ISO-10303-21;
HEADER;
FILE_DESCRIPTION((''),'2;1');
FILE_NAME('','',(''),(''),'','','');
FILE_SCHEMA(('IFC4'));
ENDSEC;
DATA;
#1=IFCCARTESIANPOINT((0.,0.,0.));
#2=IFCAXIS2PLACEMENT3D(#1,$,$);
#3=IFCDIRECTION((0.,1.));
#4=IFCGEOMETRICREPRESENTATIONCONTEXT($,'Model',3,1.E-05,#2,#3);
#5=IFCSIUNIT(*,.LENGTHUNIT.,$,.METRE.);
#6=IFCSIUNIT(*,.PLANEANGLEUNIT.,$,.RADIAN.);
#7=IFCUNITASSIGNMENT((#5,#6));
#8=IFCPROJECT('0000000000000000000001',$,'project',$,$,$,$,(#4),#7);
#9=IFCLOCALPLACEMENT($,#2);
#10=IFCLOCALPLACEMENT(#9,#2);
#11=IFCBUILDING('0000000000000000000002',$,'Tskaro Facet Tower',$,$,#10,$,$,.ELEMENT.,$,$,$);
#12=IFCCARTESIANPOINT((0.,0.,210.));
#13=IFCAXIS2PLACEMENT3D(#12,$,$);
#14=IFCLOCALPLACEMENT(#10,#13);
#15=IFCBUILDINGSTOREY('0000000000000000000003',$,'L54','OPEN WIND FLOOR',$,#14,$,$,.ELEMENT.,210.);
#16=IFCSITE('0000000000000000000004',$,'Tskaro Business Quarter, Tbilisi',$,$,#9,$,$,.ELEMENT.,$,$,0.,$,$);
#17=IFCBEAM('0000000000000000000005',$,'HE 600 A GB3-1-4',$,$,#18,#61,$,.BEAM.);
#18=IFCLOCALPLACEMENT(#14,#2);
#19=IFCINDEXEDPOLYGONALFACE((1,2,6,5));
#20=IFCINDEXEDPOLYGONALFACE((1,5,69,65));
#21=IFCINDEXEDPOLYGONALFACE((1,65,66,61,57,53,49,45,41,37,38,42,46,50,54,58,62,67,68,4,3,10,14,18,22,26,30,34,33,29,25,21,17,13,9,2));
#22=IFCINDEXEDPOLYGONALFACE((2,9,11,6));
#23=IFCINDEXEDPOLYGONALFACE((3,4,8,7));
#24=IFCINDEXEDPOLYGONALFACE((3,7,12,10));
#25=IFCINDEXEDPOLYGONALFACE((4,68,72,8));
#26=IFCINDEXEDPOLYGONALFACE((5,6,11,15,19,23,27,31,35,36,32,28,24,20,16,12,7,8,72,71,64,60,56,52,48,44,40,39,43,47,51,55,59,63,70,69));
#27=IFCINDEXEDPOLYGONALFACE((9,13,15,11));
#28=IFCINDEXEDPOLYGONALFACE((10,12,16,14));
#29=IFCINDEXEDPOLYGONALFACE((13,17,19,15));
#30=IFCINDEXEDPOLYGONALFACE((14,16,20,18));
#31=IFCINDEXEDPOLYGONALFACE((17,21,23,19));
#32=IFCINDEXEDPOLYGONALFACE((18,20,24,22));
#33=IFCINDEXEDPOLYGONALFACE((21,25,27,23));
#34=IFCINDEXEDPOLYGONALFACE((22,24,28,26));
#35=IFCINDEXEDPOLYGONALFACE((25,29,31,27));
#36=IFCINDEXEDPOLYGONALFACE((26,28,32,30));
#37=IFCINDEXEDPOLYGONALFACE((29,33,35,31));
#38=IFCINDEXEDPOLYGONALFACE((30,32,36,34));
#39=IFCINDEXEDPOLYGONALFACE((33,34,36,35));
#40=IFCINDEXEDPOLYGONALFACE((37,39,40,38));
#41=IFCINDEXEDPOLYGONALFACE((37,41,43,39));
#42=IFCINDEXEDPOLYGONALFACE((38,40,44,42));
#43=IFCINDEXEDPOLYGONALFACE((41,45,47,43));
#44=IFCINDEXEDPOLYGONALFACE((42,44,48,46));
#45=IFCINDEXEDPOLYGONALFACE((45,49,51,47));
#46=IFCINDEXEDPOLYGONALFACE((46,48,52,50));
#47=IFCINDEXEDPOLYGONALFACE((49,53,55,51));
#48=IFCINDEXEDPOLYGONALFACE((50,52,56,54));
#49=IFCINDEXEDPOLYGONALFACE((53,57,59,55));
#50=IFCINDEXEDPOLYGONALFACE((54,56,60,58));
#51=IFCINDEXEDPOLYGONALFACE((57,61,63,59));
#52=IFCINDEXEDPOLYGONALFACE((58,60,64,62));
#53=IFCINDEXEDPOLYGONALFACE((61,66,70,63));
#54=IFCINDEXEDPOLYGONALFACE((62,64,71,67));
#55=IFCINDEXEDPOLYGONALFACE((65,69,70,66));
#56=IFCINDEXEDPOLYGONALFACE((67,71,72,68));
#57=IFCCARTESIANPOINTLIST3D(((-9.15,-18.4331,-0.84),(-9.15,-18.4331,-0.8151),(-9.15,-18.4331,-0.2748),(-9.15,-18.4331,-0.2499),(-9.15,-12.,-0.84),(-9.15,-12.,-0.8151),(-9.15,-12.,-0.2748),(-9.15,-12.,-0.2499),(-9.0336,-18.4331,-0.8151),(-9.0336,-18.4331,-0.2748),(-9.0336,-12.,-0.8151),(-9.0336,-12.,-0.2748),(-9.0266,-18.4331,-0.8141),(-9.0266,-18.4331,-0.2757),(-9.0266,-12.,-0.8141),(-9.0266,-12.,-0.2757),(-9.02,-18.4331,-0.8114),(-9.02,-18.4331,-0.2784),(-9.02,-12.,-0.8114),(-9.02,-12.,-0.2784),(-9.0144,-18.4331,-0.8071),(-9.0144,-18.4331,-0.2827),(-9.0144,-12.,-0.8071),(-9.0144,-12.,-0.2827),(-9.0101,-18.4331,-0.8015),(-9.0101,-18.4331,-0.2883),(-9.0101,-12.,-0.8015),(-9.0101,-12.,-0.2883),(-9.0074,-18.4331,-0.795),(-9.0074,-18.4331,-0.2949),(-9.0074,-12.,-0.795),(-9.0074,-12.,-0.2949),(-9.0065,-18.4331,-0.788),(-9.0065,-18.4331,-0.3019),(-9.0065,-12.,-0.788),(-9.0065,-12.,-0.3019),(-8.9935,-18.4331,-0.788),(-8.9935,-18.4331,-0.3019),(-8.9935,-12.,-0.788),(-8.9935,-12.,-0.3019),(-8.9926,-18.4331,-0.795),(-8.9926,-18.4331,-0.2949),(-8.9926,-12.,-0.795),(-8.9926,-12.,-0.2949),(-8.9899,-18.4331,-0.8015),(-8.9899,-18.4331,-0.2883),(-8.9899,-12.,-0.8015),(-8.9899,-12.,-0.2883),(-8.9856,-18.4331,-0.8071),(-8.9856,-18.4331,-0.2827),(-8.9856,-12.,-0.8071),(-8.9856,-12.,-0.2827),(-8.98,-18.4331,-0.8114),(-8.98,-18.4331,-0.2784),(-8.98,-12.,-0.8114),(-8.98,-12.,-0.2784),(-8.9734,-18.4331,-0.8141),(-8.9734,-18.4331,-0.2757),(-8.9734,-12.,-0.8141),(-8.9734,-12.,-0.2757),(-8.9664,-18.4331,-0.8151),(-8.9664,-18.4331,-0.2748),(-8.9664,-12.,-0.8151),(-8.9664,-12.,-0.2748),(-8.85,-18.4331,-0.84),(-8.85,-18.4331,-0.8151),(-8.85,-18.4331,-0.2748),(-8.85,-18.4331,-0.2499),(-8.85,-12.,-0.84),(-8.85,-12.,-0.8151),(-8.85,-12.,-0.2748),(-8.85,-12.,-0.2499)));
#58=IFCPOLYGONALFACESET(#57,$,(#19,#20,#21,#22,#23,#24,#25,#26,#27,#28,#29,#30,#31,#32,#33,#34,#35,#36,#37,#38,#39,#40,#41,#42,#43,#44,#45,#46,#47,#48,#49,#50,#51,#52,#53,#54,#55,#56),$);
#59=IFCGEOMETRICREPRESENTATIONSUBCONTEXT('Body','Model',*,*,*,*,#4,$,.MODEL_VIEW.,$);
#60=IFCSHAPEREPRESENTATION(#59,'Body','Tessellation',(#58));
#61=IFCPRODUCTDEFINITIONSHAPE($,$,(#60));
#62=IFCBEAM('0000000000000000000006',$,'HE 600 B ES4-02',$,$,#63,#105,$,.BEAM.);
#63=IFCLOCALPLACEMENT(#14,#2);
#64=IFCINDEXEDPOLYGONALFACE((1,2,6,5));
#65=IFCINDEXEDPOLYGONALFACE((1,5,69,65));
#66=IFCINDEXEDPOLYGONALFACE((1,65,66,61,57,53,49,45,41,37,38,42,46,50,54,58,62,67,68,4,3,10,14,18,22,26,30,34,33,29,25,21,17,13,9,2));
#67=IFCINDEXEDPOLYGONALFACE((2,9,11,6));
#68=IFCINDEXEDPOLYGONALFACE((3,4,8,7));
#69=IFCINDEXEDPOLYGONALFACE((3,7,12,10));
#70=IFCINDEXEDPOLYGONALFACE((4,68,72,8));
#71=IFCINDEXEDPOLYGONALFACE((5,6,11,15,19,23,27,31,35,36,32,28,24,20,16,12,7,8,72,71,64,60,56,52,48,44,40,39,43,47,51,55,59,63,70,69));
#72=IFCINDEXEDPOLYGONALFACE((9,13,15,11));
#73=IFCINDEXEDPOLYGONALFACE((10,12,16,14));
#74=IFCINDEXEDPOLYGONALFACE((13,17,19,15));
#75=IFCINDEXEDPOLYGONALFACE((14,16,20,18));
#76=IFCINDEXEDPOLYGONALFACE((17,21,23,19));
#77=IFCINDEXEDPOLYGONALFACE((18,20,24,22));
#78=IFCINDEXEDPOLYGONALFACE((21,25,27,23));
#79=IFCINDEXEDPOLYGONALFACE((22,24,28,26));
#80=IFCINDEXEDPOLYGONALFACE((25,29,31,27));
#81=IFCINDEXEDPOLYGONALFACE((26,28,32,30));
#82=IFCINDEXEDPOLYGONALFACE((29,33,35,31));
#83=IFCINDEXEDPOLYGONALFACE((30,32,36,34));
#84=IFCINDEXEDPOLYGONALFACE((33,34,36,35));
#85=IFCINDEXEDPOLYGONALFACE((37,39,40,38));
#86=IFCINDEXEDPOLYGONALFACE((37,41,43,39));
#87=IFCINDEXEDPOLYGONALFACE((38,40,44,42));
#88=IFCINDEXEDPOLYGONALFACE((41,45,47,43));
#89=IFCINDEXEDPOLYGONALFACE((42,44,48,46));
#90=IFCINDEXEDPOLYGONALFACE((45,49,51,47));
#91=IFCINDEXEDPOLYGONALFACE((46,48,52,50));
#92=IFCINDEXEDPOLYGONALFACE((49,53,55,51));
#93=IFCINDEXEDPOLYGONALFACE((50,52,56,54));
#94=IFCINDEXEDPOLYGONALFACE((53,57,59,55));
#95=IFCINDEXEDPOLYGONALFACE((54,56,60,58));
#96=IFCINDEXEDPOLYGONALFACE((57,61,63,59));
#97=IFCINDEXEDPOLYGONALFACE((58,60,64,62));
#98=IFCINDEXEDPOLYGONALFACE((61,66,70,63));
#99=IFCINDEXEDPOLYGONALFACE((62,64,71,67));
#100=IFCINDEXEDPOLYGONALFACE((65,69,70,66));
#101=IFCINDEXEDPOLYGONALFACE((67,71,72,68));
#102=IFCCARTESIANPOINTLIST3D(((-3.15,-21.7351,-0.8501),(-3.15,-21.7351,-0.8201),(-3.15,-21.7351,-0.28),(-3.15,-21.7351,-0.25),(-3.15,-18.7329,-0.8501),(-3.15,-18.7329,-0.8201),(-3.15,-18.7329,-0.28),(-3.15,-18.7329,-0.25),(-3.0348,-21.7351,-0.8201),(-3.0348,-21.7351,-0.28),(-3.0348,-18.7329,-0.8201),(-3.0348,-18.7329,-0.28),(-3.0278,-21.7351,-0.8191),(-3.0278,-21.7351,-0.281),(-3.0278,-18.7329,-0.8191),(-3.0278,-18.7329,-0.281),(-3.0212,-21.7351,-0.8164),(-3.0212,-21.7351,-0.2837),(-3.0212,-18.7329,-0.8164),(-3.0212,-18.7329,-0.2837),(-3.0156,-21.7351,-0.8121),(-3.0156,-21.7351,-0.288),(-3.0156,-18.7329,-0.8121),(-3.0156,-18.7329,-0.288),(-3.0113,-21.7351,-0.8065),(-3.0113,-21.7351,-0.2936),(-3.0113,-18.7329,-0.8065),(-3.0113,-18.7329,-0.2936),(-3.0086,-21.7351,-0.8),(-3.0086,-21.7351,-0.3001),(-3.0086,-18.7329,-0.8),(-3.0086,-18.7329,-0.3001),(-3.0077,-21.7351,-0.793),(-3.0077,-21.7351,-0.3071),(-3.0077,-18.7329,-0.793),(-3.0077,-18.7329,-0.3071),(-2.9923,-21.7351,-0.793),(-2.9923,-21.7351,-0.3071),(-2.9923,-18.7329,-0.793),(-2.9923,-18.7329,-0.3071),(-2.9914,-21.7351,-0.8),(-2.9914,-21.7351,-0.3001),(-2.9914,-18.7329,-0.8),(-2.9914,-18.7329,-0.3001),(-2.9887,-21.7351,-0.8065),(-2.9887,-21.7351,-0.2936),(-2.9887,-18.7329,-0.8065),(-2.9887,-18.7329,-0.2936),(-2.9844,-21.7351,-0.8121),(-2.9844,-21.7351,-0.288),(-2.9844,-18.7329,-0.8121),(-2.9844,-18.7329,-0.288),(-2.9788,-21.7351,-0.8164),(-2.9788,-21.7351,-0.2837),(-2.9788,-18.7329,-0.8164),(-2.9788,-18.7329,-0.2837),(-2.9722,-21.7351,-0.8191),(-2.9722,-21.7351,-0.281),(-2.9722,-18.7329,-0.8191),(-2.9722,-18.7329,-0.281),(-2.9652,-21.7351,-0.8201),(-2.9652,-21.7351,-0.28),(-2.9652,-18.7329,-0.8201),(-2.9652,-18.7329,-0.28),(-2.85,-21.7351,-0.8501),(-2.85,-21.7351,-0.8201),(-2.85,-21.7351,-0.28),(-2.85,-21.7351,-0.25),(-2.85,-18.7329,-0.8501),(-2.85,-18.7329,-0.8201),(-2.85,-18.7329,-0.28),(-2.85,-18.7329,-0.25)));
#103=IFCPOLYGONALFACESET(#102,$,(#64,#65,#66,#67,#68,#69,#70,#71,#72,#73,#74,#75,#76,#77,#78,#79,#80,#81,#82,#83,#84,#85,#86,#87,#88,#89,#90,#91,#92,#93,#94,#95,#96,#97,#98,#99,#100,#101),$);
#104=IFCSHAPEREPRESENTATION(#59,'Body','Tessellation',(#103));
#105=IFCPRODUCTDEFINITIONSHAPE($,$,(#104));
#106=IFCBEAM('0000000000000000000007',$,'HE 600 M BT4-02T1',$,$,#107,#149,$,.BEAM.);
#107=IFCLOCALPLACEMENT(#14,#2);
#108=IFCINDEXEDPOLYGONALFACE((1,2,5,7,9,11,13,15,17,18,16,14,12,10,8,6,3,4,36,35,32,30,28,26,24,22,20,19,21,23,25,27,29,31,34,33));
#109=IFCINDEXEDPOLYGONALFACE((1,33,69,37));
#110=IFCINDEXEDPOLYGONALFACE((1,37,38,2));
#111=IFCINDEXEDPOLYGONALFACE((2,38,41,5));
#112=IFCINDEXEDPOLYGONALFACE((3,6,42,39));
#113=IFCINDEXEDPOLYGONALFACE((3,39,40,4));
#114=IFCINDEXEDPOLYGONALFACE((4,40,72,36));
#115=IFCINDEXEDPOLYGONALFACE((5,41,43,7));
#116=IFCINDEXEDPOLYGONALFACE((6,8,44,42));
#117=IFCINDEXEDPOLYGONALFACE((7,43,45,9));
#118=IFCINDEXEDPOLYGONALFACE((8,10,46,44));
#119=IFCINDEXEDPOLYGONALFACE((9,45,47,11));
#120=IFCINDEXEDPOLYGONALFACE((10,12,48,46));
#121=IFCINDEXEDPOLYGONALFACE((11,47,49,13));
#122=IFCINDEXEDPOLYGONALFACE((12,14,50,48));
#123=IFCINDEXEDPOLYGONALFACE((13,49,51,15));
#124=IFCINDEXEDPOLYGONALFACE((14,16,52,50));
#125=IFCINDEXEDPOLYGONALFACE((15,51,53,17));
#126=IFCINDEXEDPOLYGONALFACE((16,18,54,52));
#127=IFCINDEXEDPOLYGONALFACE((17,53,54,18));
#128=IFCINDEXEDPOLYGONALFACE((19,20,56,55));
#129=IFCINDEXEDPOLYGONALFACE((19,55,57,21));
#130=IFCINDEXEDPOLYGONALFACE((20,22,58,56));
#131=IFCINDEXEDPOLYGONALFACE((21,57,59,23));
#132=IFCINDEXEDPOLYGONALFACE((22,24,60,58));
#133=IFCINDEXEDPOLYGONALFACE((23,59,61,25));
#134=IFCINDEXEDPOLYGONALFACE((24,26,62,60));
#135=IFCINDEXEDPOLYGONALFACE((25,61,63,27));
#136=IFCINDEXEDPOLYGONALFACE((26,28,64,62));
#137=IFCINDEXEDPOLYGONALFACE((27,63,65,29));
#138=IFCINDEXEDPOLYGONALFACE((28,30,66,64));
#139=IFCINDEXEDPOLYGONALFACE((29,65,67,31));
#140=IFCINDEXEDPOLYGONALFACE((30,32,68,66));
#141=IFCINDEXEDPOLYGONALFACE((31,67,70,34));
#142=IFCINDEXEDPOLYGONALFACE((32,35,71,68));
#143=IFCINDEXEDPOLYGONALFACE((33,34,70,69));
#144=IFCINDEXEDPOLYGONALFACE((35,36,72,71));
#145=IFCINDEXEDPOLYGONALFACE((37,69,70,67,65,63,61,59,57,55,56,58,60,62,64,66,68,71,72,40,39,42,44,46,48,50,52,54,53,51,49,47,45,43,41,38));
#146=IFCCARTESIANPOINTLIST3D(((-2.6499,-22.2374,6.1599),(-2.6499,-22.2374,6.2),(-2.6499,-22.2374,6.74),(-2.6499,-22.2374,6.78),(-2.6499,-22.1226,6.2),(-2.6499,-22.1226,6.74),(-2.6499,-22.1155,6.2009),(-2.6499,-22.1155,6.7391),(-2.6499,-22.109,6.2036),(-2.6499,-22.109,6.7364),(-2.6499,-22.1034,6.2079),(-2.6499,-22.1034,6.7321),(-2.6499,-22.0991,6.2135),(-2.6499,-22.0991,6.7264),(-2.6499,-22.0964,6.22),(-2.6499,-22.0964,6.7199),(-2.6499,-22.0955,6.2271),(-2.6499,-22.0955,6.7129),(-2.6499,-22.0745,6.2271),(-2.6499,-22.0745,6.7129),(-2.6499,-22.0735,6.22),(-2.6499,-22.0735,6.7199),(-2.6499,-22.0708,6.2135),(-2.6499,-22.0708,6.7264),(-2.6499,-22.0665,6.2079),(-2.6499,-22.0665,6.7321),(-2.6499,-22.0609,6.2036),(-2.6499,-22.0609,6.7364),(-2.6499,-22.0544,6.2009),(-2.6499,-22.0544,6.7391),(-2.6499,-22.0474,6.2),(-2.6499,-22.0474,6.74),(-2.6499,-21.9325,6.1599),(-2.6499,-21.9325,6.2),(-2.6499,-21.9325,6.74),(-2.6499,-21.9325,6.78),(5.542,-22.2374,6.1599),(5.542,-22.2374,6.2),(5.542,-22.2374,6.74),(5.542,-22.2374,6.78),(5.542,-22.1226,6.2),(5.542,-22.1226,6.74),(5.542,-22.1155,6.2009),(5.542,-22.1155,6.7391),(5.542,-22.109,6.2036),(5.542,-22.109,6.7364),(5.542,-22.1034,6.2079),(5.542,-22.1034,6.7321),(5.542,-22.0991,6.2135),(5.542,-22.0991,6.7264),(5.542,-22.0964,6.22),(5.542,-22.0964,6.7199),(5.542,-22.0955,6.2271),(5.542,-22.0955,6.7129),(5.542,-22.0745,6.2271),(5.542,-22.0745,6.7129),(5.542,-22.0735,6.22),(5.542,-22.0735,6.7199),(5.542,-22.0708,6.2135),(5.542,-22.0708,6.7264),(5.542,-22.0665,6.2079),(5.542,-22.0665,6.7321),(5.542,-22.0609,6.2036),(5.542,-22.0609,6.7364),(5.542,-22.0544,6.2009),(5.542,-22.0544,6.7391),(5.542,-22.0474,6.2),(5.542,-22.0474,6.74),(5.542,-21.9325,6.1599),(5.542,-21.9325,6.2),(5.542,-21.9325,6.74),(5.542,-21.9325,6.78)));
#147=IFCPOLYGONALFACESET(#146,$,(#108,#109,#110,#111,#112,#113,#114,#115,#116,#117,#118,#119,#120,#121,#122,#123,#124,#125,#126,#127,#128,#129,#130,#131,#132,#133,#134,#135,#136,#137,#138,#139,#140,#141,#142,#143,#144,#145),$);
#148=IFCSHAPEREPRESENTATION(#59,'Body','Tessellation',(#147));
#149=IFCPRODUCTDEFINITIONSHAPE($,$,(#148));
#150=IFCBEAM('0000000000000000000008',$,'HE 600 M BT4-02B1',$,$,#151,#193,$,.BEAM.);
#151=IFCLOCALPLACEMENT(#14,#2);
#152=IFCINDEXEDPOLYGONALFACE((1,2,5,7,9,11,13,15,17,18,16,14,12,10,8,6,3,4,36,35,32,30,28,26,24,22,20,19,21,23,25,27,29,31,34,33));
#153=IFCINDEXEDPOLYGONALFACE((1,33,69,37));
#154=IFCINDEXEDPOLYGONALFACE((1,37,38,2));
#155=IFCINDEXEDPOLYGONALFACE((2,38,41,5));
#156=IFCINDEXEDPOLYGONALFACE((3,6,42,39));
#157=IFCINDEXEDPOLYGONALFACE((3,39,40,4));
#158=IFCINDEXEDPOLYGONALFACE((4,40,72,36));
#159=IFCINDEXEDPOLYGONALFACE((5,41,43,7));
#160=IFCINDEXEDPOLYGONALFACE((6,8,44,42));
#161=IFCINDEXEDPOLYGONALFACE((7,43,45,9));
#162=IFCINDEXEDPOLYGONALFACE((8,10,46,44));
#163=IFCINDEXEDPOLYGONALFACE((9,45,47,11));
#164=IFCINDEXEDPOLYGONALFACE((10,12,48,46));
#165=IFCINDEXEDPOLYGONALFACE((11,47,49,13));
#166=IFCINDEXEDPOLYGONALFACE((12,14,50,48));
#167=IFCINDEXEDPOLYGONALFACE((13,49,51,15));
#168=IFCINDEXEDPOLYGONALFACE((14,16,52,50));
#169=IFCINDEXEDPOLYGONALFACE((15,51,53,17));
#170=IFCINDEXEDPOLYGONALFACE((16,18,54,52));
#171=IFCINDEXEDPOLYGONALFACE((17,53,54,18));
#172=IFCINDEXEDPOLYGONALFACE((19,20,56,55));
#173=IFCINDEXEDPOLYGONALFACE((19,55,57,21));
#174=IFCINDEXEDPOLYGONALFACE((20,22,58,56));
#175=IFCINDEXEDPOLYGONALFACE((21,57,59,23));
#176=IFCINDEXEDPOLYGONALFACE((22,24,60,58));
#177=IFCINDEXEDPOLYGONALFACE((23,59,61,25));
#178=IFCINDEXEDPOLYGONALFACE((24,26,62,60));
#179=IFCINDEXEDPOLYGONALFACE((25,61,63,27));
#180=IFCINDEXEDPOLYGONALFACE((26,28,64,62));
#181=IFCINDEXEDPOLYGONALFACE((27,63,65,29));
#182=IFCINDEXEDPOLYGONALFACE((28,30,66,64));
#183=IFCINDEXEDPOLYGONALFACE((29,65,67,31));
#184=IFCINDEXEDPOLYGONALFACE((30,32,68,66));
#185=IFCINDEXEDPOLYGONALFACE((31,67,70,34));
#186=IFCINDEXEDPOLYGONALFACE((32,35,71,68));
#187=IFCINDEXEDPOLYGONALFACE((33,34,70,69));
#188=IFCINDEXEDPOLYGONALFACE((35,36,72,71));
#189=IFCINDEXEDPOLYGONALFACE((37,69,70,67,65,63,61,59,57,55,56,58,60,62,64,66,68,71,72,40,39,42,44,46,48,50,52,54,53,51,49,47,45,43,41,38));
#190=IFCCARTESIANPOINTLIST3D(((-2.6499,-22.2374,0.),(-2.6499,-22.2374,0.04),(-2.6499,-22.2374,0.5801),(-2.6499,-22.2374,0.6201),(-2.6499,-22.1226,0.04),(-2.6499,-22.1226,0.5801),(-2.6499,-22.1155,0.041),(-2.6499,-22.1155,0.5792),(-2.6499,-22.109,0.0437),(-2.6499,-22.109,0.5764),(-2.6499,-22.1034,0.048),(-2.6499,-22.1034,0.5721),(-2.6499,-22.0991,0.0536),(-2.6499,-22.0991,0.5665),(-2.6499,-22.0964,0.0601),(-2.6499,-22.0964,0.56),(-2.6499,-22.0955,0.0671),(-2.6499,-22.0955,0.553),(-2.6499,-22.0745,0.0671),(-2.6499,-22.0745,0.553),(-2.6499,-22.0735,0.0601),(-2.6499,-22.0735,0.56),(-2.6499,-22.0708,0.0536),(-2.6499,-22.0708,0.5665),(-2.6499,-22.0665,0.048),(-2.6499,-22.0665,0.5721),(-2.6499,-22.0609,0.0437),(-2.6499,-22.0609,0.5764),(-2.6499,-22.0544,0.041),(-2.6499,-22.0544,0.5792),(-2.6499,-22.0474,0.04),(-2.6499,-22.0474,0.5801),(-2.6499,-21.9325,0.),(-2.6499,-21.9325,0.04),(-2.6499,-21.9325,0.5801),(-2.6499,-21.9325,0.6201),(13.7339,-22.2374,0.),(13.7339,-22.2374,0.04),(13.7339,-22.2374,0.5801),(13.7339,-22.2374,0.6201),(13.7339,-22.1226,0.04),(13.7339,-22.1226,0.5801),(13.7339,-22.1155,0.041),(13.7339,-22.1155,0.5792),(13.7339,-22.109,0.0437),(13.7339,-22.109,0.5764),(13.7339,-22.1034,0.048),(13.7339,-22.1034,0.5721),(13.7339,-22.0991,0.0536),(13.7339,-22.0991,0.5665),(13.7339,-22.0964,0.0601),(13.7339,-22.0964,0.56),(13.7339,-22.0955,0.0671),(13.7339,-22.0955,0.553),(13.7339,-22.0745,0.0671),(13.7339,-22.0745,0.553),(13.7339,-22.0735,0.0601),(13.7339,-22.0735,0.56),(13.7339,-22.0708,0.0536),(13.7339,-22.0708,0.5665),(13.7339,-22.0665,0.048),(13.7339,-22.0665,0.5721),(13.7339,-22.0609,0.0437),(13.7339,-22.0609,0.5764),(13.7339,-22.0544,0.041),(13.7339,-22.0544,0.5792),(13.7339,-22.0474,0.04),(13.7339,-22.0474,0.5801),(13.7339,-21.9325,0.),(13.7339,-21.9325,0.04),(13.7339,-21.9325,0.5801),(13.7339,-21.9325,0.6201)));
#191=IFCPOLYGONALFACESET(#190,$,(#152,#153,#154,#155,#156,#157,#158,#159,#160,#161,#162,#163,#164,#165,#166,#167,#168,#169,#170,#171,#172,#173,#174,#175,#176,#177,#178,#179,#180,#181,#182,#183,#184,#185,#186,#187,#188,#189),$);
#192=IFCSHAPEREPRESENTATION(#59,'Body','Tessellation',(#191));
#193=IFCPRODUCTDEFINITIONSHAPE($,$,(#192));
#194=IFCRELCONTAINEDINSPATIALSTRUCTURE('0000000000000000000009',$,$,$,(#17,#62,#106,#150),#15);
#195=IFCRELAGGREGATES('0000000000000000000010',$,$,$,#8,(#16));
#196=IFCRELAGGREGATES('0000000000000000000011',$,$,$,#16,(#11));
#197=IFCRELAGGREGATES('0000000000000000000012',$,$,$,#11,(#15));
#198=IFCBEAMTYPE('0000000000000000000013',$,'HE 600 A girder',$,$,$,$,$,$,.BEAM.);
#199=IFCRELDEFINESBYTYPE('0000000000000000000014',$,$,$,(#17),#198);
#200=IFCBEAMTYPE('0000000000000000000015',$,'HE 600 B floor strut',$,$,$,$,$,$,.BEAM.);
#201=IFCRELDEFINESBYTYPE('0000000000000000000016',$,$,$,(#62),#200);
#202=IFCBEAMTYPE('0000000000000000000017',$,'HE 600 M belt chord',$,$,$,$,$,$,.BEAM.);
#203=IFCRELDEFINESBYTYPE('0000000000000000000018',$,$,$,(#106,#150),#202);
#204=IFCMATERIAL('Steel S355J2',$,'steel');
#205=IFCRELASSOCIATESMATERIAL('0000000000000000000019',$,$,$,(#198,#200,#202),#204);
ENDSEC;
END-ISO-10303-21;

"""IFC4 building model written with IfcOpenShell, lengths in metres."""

from ifc_helpers import new_model, si_unit, direction, frame, origin, origin_2d, place, context, subcontext, project, spatial, i_section, extrude, material, material_profile, profile_set, type_object, element, save


model = new_model("IFC4")

# Units and contexts
model_context = context("Model", 3, precision=1e-05, world=origin(), true_north=direction((0.0, 1.0)))
body_context = subcontext(model_context, "Body", "Model", "MODEL_VIEW")
ifc_project = project(units=[si_unit("LENGTHUNIT", "METRE"), si_unit("PLANEANGLEUNIT", "RADIAN")], contexts=[model_context])

# Site, building, storey
site_placement = place(None, origin())
site = spatial("IfcSite", under=ifc_project, at=site_placement, Name="Tskaro Business Quarter, Tbilisi", CompositionType="ELEMENT", RefElevation=0.0)
building_placement = place(site_placement, origin())
building = spatial("IfcBuilding", under=site, at=building_placement, Name="Tskaro Facet Tower", CompositionType="ELEMENT")
storey_placement = place(building_placement, frame((0.0, 0.0, 210.0)))
storey = spatial("IfcBuildingStorey", under=building, at=storey_placement, Name="L54", Description="OPEN WIND FLOOR", CompositionType="ELEMENT", Elevation=210.0)

# Shared definitions
ifc_material_1 = material(Name="Steel S355J2", Category="steel")

# Beams
ifc_material_profile_1 = material_profile(ifc_material_1, i_section(OverallWidth=0.3, OverallDepth=0.5901, WebThickness=0.0129, FlangeThickness=0.0249, FilletRadius=0.0271, at=origin_2d()), Name="HE 600 A")
ifc_profile_set_1 = profile_set([ifc_material_profile_1], Name="Steel S355J2")
beam_type_1 = type_object("IfcBeamType", Name="HE 600 A girder", PredefinedType="BEAM", material=ifc_profile_set_1)
beam_1_placement = place(storey_placement, frame((-9.0, -18.4331, -0.5449), z_axis=(0.0, 1.0, 0.0), x_axis=(-1.0, 0.0, 0.0)))
element("IfcBeam", 1, at=beam_1_placement, inside=storey, type_object=beam_type_1, Name="HE 600 A GB3-1-4", PredefinedType="BEAM", context=body_context, shape_type="SweptSolid", body=[
    extrude(i_section(OverallWidth=0.3, OverallDepth=0.5901, WebThickness=0.0129, FlangeThickness=0.0249, FilletRadius=0.0271, at=origin_2d()), origin(), (0.0, 0.0, 1.0), 6.4331),
])
ifc_material_profile_2 = material_profile(ifc_material_1, i_section(OverallWidth=0.3, OverallDepth=0.6001, WebThickness=0.0154, FlangeThickness=0.03, FilletRadius=0.0271, at=origin_2d()), Name="HE 600 B")
ifc_profile_set_2 = profile_set([ifc_material_profile_2], Name="Steel S355J2")
beam_type_2 = type_object("IfcBeamType", Name="HE 600 B floor strut", PredefinedType="BEAM", material=ifc_profile_set_2)
beam_2_placement = place(storey_placement, frame((-3.0, -21.7351, -0.55), z_axis=(0.0, 1.0, 0.0), x_axis=(-1.0, 0.0, 0.0)))
element("IfcBeam", 2, at=beam_2_placement, inside=storey, type_object=beam_type_2, Name="HE 600 B ES4-02", PredefinedType="BEAM", context=body_context, shape_type="SweptSolid", body=[
    extrude(i_section(OverallWidth=0.3, OverallDepth=0.6001, WebThickness=0.0154, FlangeThickness=0.03, FilletRadius=0.0271, at=origin_2d()), origin(), (0.0, 0.0, 1.0), 3.0022),
])
ifc_material_profile_3 = material_profile(ifc_material_1, i_section(OverallWidth=0.3049, OverallDepth=0.6201, WebThickness=0.021, FlangeThickness=0.04, FilletRadius=0.0271, at=origin_2d()), Name="HE 600 M")
ifc_profile_set_3 = profile_set([ifc_material_profile_3], Name="Steel S355J2")
beam_type_3 = type_object("IfcBeamType", Name="HE 600 M belt chord", PredefinedType="BEAM", material=ifc_profile_set_3)
beam_3_placement = place(storey_placement, frame((-2.6499, -22.085, 6.47), z_axis=(1.0, 0.0, 0.0), x_axis=(0.0, 1.0, 0.0)))
element("IfcBeam", 3, at=beam_3_placement, inside=storey, type_object=beam_type_3, Name="HE 600 M BT4-02T1", PredefinedType="BEAM", context=body_context, shape_type="SweptSolid", body=[
    extrude(i_section(OverallWidth=0.3049, OverallDepth=0.6201, WebThickness=0.021, FlangeThickness=0.04, FilletRadius=0.0271, at=origin_2d()), origin(), (0.0, 0.0, 1.0), 8.1919),
])
beam_4_placement = place(storey_placement, frame((-2.6499, -22.085, 0.3101), z_axis=(1.0, 0.0, 0.0), x_axis=(0.0, 1.0, 0.0)))
element("IfcBeam", 4, at=beam_4_placement, inside=storey, type_object=beam_type_3, Name="HE 600 M BT4-02B1", PredefinedType="BEAM", context=body_context, shape_type="SweptSolid", body=[
    extrude(i_section(OverallWidth=0.3049, OverallDepth=0.6201, WebThickness=0.021, FlangeThickness=0.04, FilletRadius=0.0271, at=origin_2d()), origin(), (0.0, 0.0, 1.0), 16.3838),
])

save(model, "model.ifc")
